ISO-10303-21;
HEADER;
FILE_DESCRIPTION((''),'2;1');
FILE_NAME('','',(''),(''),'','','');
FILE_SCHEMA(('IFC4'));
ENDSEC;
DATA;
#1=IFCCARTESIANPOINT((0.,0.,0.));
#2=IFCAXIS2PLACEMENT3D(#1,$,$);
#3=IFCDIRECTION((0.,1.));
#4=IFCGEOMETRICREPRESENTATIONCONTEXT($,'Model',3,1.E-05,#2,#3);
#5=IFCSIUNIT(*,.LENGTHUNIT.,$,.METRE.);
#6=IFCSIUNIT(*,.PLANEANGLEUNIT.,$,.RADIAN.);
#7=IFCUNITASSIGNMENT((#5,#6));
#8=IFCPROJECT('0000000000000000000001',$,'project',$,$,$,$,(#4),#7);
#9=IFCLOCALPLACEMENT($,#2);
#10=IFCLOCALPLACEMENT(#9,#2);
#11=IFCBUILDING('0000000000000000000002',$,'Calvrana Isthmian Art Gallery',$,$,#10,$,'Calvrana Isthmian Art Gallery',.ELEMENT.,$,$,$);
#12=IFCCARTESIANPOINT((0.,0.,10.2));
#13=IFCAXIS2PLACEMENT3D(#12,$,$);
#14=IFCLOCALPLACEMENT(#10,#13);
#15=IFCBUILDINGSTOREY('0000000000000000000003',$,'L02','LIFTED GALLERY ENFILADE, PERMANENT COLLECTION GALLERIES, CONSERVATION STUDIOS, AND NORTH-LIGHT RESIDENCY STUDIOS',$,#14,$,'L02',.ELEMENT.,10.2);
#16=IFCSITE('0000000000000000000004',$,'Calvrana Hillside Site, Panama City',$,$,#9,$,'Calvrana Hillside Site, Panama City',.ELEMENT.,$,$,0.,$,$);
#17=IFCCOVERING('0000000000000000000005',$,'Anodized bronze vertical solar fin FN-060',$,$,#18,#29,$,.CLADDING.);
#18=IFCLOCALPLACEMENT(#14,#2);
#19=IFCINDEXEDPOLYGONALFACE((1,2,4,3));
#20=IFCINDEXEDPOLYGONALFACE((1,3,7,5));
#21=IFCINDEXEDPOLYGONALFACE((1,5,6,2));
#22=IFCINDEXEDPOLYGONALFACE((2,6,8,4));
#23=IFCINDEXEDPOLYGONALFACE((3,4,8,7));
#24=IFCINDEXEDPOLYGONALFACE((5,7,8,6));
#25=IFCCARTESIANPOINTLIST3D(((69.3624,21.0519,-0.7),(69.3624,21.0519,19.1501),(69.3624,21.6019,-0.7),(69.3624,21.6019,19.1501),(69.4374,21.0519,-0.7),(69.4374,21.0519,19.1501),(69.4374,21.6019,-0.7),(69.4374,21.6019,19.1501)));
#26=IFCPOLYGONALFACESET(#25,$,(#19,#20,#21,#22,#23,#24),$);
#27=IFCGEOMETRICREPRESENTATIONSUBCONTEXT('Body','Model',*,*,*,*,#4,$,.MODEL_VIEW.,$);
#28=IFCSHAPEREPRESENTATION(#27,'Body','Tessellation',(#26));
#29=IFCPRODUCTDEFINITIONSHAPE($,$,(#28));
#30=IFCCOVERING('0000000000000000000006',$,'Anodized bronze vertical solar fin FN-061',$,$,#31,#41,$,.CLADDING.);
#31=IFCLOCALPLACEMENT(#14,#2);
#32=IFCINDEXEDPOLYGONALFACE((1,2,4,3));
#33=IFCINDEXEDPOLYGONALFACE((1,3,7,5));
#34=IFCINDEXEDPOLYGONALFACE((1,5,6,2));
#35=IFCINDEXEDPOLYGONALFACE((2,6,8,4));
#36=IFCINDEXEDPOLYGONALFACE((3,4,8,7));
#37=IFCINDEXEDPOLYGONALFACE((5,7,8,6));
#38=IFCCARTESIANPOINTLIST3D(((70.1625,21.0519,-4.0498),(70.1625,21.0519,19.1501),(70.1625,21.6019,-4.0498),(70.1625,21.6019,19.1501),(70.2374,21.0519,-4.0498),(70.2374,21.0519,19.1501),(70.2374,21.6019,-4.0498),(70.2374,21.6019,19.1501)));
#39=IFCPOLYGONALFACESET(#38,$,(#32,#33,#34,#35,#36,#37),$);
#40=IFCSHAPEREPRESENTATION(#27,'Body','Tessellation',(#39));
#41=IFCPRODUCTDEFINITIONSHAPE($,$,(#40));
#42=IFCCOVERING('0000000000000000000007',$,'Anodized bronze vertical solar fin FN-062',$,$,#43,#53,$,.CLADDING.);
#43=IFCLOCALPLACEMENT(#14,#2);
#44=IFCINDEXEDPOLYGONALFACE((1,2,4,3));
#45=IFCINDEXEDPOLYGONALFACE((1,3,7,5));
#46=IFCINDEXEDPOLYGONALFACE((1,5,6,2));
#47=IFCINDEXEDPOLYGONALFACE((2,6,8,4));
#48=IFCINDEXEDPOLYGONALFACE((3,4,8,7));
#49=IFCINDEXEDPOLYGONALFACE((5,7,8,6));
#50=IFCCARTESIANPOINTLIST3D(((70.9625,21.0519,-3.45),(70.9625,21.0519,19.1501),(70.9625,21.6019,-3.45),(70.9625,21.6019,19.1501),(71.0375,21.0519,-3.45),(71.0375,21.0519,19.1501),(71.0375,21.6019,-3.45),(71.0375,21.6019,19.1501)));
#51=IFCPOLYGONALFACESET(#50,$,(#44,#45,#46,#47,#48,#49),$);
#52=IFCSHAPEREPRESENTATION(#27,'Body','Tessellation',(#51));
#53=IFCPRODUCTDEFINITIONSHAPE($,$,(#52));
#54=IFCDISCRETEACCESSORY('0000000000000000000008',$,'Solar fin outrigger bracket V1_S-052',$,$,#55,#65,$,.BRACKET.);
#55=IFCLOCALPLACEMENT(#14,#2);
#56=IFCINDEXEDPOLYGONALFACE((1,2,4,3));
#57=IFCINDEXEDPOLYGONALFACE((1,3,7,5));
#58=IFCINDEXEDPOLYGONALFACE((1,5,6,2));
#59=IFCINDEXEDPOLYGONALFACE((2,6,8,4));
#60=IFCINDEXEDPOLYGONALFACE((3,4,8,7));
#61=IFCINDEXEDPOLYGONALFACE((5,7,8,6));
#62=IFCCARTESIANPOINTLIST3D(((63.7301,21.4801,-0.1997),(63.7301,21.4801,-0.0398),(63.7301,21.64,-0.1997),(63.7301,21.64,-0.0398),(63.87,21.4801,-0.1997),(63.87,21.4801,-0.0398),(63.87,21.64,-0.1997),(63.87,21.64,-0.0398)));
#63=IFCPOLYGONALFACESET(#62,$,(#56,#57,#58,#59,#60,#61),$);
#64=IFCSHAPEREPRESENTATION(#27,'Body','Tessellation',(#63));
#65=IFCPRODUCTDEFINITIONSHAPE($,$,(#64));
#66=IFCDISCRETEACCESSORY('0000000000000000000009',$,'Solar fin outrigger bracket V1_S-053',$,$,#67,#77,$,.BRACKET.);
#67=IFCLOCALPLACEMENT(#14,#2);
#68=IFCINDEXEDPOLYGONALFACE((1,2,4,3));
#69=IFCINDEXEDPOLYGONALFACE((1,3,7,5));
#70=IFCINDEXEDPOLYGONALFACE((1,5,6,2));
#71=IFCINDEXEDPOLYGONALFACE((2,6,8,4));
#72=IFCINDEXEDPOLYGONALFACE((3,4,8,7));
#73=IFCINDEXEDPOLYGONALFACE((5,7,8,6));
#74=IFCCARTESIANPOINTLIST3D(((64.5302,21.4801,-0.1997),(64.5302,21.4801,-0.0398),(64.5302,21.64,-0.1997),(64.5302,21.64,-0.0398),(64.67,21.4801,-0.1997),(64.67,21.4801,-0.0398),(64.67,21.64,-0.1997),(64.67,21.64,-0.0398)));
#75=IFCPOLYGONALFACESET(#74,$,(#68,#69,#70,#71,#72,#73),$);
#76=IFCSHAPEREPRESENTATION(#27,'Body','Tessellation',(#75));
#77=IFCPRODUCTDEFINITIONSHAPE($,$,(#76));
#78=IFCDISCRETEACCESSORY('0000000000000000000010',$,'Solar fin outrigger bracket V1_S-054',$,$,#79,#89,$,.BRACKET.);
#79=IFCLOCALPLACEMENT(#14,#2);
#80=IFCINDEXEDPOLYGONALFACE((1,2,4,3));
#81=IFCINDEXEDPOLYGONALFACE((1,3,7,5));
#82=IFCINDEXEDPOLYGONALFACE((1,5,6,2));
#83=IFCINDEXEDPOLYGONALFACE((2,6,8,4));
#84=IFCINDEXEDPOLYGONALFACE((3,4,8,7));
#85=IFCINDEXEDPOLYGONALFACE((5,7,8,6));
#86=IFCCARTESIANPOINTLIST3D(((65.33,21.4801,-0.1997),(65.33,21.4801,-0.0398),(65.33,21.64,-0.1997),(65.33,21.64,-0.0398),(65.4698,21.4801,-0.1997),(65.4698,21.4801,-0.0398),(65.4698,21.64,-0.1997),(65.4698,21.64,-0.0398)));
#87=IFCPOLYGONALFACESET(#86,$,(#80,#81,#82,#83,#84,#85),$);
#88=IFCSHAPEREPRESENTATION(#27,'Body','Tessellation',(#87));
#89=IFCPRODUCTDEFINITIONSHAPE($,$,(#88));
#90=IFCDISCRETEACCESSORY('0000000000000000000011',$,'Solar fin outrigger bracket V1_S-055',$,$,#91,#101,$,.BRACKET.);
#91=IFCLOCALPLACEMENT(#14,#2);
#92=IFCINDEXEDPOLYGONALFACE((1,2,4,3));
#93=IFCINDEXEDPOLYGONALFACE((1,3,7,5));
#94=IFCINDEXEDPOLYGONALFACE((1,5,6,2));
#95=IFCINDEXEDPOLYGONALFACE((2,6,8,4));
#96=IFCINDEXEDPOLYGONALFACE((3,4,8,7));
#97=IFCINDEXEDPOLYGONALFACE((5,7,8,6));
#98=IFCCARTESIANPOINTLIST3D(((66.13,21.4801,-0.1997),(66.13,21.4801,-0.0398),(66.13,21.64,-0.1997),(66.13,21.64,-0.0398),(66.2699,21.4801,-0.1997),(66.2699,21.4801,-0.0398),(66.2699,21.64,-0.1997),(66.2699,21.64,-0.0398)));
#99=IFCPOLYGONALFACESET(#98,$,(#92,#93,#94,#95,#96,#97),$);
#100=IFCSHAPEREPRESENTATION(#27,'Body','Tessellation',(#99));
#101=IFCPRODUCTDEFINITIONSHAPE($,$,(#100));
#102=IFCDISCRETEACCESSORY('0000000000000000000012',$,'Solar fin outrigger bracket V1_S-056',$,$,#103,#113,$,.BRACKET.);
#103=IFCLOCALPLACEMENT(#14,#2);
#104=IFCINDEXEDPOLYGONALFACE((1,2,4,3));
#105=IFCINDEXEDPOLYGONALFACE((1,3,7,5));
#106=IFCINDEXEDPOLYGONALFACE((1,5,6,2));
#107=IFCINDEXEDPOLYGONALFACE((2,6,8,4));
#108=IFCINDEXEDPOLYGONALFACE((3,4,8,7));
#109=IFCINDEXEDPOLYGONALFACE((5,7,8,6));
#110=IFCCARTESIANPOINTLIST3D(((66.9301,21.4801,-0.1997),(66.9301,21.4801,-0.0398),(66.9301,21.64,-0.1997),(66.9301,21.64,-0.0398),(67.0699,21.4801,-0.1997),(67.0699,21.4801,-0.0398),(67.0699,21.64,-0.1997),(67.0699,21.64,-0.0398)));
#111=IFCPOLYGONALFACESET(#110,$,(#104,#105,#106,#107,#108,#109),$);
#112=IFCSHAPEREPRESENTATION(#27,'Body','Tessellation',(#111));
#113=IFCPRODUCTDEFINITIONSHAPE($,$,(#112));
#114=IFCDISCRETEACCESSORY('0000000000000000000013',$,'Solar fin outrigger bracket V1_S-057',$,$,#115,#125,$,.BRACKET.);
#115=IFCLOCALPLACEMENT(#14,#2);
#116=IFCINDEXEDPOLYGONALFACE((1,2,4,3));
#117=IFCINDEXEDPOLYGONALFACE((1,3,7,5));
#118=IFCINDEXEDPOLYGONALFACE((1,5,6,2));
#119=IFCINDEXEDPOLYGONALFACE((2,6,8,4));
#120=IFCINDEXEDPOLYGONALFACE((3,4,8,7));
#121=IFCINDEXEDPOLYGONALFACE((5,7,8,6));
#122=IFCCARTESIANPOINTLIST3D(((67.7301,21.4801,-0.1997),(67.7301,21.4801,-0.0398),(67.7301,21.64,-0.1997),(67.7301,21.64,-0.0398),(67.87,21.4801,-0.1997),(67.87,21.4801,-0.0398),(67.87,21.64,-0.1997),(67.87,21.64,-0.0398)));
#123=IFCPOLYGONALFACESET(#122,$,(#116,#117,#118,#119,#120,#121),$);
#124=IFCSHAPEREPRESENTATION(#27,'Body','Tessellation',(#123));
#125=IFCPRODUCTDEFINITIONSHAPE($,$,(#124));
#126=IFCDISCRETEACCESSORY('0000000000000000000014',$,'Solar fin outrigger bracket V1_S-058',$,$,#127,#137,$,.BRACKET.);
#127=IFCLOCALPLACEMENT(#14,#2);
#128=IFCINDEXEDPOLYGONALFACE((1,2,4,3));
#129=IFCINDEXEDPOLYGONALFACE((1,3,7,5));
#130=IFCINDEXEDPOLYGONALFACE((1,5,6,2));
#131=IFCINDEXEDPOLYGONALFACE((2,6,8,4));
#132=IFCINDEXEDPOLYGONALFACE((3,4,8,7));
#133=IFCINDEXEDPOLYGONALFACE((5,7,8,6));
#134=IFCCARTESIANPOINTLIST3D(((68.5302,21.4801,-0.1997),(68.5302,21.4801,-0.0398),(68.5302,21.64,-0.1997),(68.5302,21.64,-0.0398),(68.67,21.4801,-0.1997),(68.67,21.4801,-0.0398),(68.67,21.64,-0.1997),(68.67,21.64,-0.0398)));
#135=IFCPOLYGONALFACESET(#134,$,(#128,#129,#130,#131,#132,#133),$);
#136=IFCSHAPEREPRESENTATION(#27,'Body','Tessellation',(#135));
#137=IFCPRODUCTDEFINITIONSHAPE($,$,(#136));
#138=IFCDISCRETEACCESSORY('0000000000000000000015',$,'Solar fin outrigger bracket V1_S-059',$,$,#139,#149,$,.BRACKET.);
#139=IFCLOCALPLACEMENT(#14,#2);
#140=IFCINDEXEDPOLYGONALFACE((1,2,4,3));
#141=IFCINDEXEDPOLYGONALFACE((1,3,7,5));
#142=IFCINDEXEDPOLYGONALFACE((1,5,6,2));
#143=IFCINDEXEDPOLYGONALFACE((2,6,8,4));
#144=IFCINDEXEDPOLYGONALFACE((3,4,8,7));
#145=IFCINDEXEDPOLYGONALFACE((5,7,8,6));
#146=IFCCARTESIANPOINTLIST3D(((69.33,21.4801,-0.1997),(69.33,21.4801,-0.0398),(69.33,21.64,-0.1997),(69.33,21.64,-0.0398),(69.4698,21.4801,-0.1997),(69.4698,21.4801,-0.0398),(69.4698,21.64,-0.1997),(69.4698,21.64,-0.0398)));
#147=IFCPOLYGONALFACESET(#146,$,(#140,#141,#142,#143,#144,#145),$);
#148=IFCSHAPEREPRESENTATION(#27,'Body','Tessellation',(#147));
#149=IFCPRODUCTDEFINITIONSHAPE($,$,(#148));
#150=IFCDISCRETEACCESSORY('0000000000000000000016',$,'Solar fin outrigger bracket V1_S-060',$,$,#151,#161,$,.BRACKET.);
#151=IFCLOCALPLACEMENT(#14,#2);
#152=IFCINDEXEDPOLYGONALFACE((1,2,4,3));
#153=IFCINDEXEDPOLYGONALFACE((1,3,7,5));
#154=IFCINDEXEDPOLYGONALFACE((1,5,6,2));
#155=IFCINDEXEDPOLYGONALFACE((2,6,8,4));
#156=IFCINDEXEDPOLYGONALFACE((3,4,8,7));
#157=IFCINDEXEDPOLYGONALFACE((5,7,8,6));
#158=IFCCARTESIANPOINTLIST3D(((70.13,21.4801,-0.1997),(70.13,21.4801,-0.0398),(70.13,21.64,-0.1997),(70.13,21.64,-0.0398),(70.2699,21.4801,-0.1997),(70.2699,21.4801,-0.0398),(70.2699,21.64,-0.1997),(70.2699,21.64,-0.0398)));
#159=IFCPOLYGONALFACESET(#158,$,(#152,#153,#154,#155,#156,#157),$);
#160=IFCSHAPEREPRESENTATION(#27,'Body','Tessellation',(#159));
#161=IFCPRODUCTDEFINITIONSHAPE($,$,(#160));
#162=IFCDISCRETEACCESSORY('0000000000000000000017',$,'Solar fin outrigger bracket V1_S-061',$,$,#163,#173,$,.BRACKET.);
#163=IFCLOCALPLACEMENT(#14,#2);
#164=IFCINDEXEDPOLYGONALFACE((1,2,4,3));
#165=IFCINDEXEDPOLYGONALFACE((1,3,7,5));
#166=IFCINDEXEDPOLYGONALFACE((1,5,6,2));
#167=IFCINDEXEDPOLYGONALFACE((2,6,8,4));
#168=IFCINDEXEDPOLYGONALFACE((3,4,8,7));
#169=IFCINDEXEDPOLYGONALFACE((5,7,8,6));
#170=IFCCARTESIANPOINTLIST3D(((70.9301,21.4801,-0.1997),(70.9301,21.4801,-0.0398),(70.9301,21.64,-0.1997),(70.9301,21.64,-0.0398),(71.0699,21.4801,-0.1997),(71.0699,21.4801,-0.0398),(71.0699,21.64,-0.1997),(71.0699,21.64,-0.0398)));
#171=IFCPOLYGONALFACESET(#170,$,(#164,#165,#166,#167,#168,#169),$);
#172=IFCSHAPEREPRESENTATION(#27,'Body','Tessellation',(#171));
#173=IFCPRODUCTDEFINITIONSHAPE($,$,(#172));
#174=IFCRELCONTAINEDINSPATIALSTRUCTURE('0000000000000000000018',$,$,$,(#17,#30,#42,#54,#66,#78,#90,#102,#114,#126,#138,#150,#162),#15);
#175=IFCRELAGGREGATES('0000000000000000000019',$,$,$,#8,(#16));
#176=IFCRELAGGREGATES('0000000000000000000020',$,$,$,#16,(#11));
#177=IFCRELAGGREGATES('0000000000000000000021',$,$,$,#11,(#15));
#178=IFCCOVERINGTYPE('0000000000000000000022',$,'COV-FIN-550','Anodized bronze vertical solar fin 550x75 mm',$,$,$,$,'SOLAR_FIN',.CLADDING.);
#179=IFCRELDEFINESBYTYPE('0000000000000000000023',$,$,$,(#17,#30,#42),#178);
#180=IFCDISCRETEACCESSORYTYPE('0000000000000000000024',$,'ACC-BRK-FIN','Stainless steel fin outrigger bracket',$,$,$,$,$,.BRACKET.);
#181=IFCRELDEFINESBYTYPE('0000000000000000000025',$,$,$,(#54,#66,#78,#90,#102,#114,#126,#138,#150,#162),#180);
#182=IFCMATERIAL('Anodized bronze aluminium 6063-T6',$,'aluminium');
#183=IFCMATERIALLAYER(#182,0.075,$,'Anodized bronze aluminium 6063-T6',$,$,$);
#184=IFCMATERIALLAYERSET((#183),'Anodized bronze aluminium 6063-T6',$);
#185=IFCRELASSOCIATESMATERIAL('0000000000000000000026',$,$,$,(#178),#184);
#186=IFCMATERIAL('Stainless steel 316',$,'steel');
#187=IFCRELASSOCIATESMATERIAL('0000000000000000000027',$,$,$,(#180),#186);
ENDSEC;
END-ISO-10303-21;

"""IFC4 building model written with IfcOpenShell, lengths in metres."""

from ifc_helpers import new_model, si_unit, direction, frame, origin, origin_2d, place, context, subcontext, project, spatial, rectangle, extrude, material, layer, layer_set, type_object, element, save


model = new_model("IFC4")

# Units and contexts
model_context = context("Model", 3, precision=1e-05, world=origin(), true_north=direction((0.0, 1.0)))
body_context = subcontext(model_context, "Body", "Model", "MODEL_VIEW")
ifc_project = project(units=[si_unit("LENGTHUNIT", "METRE"), si_unit("PLANEANGLEUNIT", "RADIAN")], contexts=[model_context])

# Site, building, storey
site_placement = place(None, origin())
site = spatial("IfcSite", under=ifc_project, at=site_placement, Name="Calvrana Hillside Site, Panama City", LongName="Calvrana Hillside Site, Panama City", CompositionType="ELEMENT", RefElevation=0.0)
building_placement = place(site_placement, origin())
building = spatial("IfcBuilding", under=site, at=building_placement, Name="Calvrana Isthmian Art Gallery", LongName="Calvrana Isthmian Art Gallery", CompositionType="ELEMENT")
storey_placement = place(building_placement, frame((0.0, 0.0, 10.2)))
storey = spatial("IfcBuildingStorey", under=building, at=storey_placement, Name="L02", Description="LIFTED GALLERY ENFILADE, PERMANENT COLLECTION GALLERIES, CONSERVATION STUDIOS, AND NORTH-LIGHT RESIDENCY STUDIOS", LongName="L02", CompositionType="ELEMENT", Elevation=10.2)

# Shared definitions
ifc_material_1 = material(Name="Anodized bronze aluminium 6063-T6", Category="aluminium")

# Coverings
ifc_layer_1 = layer(ifc_material_1, 0.075, Name="Anodized bronze aluminium 6063-T6")
ifc_layer_set_1 = layer_set([ifc_layer_1], Name="Anodized bronze aluminium 6063-T6")
covering_type = type_object("IfcCoveringType", Name="COV-FIN-550", Description="Anodized bronze vertical solar fin 550x75 mm", ElementType="SOLAR_FIN", PredefinedType="CLADDING", material=ifc_layer_set_1)
covering_1_placement = place(storey_placement, frame((69.3999, 21.3269, -0.7), z_axis=(0.0, 0.0, 1.0), x_axis=(1.0, 0.0, 0.0)))
element("IfcCovering", 1, at=covering_1_placement, inside=storey, type_object=covering_type, Name="Anodized bronze vertical solar fin FN-060", PredefinedType="CLADDING", context=body_context, shape_type="SweptSolid", body=[
    extrude(rectangle(XDim=0.075, YDim=0.55, at=origin_2d()), origin(), (0.0, 0.0, 1.0), 19.8501),
])
covering_2_placement = place(storey_placement, frame((70.2, 21.3269, -4.0498), z_axis=(0.0, 0.0, 1.0), x_axis=(1.0, 0.0, 0.0)))
element("IfcCovering", 2, at=covering_2_placement, inside=storey, type_object=covering_type, Name="Anodized bronze vertical solar fin FN-061", PredefinedType="CLADDING", context=body_context, shape_type="SweptSolid", body=[
    extrude(rectangle(XDim=0.075, YDim=0.55, at=origin_2d()), origin(), (0.0, 0.0, 1.0), 23.2),
])
covering_3_placement = place(storey_placement, frame((71.0, 21.3269, -3.45), z_axis=(0.0, 0.0, 1.0), x_axis=(1.0, 0.0, 0.0)))
element("IfcCovering", 3, at=covering_3_placement, inside=storey, type_object=covering_type, Name="Anodized bronze vertical solar fin FN-062", PredefinedType="CLADDING", context=body_context, shape_type="SweptSolid", body=[
    extrude(rectangle(XDim=0.075, YDim=0.55, at=origin_2d()), origin(), (0.0, 0.0, 1.0), 22.6001),
])

# Discrete accessories
ifc_material_2 = material(Name="Stainless steel 316", Category="steel")
discrete_accessory_type = type_object("IfcDiscreteAccessoryType", Name="ACC-BRK-FIN", Description="Stainless steel fin outrigger bracket", PredefinedType="BRACKET", material=ifc_material_2)
for number, where, z_axis, x_axis, name in (
    (4, (63.8, 21.5601, -0.1997), (0.0, 0.0, 1.0), (1.0, 0.0, 0.0), "Solar fin outrigger bracket V1_S-052"),
    (5, (64.6001, 21.5601, -0.1997), (0.0, 0.0, 1.0), (1.0, 0.0, 0.0), "Solar fin outrigger bracket V1_S-053"),
    (6, (65.3999, 21.5601, -0.1997), (0.0, 0.0, 1.0), (1.0, 0.0, 0.0), "Solar fin outrigger bracket V1_S-054"),
    (7, (66.2, 21.5601, -0.1997), (0.0, 0.0, 1.0), (1.0, 0.0, 0.0), "Solar fin outrigger bracket V1_S-055"),
    (8, (67.0, 21.5601, -0.1997), (0.0, 0.0, 1.0), (1.0, 0.0, 0.0), "Solar fin outrigger bracket V1_S-056"),
    (9, (67.8, 21.5601, -0.1997), (0.0, 0.0, 1.0), (1.0, 0.0, 0.0), "Solar fin outrigger bracket V1_S-057"),
    (10, (68.6001, 21.5601, -0.1997), (0.0, 0.0, 1.0), (1.0, 0.0, 0.0), "Solar fin outrigger bracket V1_S-058"),
    (11, (69.3999, 21.5601, -0.1997), (0.0, 0.0, 1.0), (1.0, 0.0, 0.0), "Solar fin outrigger bracket V1_S-059"),
    (12, (70.2, 21.5601, -0.1997), (0.0, 0.0, 1.0), (1.0, 0.0, 0.0), "Solar fin outrigger bracket V1_S-060"),
    (13, (71.0, 21.5601, -0.1997), (0.0, 0.0, 1.0), (1.0, 0.0, 0.0), "Solar fin outrigger bracket V1_S-061"),
):
    element("IfcDiscreteAccessory", number, at=place(storey_placement, frame(where, z_axis=z_axis, x_axis=x_axis)), inside=storey, type_object=discrete_accessory_type, Name=name, PredefinedType="BRACKET", context=body_context, shape_type="SweptSolid", body=[
        extrude(rectangle(XDim=0.1399, YDim=0.1599, at=origin_2d()), origin(), (0.0, 0.0, 1.0), 0.1599),
    ])

save(model, "model.ifc")
